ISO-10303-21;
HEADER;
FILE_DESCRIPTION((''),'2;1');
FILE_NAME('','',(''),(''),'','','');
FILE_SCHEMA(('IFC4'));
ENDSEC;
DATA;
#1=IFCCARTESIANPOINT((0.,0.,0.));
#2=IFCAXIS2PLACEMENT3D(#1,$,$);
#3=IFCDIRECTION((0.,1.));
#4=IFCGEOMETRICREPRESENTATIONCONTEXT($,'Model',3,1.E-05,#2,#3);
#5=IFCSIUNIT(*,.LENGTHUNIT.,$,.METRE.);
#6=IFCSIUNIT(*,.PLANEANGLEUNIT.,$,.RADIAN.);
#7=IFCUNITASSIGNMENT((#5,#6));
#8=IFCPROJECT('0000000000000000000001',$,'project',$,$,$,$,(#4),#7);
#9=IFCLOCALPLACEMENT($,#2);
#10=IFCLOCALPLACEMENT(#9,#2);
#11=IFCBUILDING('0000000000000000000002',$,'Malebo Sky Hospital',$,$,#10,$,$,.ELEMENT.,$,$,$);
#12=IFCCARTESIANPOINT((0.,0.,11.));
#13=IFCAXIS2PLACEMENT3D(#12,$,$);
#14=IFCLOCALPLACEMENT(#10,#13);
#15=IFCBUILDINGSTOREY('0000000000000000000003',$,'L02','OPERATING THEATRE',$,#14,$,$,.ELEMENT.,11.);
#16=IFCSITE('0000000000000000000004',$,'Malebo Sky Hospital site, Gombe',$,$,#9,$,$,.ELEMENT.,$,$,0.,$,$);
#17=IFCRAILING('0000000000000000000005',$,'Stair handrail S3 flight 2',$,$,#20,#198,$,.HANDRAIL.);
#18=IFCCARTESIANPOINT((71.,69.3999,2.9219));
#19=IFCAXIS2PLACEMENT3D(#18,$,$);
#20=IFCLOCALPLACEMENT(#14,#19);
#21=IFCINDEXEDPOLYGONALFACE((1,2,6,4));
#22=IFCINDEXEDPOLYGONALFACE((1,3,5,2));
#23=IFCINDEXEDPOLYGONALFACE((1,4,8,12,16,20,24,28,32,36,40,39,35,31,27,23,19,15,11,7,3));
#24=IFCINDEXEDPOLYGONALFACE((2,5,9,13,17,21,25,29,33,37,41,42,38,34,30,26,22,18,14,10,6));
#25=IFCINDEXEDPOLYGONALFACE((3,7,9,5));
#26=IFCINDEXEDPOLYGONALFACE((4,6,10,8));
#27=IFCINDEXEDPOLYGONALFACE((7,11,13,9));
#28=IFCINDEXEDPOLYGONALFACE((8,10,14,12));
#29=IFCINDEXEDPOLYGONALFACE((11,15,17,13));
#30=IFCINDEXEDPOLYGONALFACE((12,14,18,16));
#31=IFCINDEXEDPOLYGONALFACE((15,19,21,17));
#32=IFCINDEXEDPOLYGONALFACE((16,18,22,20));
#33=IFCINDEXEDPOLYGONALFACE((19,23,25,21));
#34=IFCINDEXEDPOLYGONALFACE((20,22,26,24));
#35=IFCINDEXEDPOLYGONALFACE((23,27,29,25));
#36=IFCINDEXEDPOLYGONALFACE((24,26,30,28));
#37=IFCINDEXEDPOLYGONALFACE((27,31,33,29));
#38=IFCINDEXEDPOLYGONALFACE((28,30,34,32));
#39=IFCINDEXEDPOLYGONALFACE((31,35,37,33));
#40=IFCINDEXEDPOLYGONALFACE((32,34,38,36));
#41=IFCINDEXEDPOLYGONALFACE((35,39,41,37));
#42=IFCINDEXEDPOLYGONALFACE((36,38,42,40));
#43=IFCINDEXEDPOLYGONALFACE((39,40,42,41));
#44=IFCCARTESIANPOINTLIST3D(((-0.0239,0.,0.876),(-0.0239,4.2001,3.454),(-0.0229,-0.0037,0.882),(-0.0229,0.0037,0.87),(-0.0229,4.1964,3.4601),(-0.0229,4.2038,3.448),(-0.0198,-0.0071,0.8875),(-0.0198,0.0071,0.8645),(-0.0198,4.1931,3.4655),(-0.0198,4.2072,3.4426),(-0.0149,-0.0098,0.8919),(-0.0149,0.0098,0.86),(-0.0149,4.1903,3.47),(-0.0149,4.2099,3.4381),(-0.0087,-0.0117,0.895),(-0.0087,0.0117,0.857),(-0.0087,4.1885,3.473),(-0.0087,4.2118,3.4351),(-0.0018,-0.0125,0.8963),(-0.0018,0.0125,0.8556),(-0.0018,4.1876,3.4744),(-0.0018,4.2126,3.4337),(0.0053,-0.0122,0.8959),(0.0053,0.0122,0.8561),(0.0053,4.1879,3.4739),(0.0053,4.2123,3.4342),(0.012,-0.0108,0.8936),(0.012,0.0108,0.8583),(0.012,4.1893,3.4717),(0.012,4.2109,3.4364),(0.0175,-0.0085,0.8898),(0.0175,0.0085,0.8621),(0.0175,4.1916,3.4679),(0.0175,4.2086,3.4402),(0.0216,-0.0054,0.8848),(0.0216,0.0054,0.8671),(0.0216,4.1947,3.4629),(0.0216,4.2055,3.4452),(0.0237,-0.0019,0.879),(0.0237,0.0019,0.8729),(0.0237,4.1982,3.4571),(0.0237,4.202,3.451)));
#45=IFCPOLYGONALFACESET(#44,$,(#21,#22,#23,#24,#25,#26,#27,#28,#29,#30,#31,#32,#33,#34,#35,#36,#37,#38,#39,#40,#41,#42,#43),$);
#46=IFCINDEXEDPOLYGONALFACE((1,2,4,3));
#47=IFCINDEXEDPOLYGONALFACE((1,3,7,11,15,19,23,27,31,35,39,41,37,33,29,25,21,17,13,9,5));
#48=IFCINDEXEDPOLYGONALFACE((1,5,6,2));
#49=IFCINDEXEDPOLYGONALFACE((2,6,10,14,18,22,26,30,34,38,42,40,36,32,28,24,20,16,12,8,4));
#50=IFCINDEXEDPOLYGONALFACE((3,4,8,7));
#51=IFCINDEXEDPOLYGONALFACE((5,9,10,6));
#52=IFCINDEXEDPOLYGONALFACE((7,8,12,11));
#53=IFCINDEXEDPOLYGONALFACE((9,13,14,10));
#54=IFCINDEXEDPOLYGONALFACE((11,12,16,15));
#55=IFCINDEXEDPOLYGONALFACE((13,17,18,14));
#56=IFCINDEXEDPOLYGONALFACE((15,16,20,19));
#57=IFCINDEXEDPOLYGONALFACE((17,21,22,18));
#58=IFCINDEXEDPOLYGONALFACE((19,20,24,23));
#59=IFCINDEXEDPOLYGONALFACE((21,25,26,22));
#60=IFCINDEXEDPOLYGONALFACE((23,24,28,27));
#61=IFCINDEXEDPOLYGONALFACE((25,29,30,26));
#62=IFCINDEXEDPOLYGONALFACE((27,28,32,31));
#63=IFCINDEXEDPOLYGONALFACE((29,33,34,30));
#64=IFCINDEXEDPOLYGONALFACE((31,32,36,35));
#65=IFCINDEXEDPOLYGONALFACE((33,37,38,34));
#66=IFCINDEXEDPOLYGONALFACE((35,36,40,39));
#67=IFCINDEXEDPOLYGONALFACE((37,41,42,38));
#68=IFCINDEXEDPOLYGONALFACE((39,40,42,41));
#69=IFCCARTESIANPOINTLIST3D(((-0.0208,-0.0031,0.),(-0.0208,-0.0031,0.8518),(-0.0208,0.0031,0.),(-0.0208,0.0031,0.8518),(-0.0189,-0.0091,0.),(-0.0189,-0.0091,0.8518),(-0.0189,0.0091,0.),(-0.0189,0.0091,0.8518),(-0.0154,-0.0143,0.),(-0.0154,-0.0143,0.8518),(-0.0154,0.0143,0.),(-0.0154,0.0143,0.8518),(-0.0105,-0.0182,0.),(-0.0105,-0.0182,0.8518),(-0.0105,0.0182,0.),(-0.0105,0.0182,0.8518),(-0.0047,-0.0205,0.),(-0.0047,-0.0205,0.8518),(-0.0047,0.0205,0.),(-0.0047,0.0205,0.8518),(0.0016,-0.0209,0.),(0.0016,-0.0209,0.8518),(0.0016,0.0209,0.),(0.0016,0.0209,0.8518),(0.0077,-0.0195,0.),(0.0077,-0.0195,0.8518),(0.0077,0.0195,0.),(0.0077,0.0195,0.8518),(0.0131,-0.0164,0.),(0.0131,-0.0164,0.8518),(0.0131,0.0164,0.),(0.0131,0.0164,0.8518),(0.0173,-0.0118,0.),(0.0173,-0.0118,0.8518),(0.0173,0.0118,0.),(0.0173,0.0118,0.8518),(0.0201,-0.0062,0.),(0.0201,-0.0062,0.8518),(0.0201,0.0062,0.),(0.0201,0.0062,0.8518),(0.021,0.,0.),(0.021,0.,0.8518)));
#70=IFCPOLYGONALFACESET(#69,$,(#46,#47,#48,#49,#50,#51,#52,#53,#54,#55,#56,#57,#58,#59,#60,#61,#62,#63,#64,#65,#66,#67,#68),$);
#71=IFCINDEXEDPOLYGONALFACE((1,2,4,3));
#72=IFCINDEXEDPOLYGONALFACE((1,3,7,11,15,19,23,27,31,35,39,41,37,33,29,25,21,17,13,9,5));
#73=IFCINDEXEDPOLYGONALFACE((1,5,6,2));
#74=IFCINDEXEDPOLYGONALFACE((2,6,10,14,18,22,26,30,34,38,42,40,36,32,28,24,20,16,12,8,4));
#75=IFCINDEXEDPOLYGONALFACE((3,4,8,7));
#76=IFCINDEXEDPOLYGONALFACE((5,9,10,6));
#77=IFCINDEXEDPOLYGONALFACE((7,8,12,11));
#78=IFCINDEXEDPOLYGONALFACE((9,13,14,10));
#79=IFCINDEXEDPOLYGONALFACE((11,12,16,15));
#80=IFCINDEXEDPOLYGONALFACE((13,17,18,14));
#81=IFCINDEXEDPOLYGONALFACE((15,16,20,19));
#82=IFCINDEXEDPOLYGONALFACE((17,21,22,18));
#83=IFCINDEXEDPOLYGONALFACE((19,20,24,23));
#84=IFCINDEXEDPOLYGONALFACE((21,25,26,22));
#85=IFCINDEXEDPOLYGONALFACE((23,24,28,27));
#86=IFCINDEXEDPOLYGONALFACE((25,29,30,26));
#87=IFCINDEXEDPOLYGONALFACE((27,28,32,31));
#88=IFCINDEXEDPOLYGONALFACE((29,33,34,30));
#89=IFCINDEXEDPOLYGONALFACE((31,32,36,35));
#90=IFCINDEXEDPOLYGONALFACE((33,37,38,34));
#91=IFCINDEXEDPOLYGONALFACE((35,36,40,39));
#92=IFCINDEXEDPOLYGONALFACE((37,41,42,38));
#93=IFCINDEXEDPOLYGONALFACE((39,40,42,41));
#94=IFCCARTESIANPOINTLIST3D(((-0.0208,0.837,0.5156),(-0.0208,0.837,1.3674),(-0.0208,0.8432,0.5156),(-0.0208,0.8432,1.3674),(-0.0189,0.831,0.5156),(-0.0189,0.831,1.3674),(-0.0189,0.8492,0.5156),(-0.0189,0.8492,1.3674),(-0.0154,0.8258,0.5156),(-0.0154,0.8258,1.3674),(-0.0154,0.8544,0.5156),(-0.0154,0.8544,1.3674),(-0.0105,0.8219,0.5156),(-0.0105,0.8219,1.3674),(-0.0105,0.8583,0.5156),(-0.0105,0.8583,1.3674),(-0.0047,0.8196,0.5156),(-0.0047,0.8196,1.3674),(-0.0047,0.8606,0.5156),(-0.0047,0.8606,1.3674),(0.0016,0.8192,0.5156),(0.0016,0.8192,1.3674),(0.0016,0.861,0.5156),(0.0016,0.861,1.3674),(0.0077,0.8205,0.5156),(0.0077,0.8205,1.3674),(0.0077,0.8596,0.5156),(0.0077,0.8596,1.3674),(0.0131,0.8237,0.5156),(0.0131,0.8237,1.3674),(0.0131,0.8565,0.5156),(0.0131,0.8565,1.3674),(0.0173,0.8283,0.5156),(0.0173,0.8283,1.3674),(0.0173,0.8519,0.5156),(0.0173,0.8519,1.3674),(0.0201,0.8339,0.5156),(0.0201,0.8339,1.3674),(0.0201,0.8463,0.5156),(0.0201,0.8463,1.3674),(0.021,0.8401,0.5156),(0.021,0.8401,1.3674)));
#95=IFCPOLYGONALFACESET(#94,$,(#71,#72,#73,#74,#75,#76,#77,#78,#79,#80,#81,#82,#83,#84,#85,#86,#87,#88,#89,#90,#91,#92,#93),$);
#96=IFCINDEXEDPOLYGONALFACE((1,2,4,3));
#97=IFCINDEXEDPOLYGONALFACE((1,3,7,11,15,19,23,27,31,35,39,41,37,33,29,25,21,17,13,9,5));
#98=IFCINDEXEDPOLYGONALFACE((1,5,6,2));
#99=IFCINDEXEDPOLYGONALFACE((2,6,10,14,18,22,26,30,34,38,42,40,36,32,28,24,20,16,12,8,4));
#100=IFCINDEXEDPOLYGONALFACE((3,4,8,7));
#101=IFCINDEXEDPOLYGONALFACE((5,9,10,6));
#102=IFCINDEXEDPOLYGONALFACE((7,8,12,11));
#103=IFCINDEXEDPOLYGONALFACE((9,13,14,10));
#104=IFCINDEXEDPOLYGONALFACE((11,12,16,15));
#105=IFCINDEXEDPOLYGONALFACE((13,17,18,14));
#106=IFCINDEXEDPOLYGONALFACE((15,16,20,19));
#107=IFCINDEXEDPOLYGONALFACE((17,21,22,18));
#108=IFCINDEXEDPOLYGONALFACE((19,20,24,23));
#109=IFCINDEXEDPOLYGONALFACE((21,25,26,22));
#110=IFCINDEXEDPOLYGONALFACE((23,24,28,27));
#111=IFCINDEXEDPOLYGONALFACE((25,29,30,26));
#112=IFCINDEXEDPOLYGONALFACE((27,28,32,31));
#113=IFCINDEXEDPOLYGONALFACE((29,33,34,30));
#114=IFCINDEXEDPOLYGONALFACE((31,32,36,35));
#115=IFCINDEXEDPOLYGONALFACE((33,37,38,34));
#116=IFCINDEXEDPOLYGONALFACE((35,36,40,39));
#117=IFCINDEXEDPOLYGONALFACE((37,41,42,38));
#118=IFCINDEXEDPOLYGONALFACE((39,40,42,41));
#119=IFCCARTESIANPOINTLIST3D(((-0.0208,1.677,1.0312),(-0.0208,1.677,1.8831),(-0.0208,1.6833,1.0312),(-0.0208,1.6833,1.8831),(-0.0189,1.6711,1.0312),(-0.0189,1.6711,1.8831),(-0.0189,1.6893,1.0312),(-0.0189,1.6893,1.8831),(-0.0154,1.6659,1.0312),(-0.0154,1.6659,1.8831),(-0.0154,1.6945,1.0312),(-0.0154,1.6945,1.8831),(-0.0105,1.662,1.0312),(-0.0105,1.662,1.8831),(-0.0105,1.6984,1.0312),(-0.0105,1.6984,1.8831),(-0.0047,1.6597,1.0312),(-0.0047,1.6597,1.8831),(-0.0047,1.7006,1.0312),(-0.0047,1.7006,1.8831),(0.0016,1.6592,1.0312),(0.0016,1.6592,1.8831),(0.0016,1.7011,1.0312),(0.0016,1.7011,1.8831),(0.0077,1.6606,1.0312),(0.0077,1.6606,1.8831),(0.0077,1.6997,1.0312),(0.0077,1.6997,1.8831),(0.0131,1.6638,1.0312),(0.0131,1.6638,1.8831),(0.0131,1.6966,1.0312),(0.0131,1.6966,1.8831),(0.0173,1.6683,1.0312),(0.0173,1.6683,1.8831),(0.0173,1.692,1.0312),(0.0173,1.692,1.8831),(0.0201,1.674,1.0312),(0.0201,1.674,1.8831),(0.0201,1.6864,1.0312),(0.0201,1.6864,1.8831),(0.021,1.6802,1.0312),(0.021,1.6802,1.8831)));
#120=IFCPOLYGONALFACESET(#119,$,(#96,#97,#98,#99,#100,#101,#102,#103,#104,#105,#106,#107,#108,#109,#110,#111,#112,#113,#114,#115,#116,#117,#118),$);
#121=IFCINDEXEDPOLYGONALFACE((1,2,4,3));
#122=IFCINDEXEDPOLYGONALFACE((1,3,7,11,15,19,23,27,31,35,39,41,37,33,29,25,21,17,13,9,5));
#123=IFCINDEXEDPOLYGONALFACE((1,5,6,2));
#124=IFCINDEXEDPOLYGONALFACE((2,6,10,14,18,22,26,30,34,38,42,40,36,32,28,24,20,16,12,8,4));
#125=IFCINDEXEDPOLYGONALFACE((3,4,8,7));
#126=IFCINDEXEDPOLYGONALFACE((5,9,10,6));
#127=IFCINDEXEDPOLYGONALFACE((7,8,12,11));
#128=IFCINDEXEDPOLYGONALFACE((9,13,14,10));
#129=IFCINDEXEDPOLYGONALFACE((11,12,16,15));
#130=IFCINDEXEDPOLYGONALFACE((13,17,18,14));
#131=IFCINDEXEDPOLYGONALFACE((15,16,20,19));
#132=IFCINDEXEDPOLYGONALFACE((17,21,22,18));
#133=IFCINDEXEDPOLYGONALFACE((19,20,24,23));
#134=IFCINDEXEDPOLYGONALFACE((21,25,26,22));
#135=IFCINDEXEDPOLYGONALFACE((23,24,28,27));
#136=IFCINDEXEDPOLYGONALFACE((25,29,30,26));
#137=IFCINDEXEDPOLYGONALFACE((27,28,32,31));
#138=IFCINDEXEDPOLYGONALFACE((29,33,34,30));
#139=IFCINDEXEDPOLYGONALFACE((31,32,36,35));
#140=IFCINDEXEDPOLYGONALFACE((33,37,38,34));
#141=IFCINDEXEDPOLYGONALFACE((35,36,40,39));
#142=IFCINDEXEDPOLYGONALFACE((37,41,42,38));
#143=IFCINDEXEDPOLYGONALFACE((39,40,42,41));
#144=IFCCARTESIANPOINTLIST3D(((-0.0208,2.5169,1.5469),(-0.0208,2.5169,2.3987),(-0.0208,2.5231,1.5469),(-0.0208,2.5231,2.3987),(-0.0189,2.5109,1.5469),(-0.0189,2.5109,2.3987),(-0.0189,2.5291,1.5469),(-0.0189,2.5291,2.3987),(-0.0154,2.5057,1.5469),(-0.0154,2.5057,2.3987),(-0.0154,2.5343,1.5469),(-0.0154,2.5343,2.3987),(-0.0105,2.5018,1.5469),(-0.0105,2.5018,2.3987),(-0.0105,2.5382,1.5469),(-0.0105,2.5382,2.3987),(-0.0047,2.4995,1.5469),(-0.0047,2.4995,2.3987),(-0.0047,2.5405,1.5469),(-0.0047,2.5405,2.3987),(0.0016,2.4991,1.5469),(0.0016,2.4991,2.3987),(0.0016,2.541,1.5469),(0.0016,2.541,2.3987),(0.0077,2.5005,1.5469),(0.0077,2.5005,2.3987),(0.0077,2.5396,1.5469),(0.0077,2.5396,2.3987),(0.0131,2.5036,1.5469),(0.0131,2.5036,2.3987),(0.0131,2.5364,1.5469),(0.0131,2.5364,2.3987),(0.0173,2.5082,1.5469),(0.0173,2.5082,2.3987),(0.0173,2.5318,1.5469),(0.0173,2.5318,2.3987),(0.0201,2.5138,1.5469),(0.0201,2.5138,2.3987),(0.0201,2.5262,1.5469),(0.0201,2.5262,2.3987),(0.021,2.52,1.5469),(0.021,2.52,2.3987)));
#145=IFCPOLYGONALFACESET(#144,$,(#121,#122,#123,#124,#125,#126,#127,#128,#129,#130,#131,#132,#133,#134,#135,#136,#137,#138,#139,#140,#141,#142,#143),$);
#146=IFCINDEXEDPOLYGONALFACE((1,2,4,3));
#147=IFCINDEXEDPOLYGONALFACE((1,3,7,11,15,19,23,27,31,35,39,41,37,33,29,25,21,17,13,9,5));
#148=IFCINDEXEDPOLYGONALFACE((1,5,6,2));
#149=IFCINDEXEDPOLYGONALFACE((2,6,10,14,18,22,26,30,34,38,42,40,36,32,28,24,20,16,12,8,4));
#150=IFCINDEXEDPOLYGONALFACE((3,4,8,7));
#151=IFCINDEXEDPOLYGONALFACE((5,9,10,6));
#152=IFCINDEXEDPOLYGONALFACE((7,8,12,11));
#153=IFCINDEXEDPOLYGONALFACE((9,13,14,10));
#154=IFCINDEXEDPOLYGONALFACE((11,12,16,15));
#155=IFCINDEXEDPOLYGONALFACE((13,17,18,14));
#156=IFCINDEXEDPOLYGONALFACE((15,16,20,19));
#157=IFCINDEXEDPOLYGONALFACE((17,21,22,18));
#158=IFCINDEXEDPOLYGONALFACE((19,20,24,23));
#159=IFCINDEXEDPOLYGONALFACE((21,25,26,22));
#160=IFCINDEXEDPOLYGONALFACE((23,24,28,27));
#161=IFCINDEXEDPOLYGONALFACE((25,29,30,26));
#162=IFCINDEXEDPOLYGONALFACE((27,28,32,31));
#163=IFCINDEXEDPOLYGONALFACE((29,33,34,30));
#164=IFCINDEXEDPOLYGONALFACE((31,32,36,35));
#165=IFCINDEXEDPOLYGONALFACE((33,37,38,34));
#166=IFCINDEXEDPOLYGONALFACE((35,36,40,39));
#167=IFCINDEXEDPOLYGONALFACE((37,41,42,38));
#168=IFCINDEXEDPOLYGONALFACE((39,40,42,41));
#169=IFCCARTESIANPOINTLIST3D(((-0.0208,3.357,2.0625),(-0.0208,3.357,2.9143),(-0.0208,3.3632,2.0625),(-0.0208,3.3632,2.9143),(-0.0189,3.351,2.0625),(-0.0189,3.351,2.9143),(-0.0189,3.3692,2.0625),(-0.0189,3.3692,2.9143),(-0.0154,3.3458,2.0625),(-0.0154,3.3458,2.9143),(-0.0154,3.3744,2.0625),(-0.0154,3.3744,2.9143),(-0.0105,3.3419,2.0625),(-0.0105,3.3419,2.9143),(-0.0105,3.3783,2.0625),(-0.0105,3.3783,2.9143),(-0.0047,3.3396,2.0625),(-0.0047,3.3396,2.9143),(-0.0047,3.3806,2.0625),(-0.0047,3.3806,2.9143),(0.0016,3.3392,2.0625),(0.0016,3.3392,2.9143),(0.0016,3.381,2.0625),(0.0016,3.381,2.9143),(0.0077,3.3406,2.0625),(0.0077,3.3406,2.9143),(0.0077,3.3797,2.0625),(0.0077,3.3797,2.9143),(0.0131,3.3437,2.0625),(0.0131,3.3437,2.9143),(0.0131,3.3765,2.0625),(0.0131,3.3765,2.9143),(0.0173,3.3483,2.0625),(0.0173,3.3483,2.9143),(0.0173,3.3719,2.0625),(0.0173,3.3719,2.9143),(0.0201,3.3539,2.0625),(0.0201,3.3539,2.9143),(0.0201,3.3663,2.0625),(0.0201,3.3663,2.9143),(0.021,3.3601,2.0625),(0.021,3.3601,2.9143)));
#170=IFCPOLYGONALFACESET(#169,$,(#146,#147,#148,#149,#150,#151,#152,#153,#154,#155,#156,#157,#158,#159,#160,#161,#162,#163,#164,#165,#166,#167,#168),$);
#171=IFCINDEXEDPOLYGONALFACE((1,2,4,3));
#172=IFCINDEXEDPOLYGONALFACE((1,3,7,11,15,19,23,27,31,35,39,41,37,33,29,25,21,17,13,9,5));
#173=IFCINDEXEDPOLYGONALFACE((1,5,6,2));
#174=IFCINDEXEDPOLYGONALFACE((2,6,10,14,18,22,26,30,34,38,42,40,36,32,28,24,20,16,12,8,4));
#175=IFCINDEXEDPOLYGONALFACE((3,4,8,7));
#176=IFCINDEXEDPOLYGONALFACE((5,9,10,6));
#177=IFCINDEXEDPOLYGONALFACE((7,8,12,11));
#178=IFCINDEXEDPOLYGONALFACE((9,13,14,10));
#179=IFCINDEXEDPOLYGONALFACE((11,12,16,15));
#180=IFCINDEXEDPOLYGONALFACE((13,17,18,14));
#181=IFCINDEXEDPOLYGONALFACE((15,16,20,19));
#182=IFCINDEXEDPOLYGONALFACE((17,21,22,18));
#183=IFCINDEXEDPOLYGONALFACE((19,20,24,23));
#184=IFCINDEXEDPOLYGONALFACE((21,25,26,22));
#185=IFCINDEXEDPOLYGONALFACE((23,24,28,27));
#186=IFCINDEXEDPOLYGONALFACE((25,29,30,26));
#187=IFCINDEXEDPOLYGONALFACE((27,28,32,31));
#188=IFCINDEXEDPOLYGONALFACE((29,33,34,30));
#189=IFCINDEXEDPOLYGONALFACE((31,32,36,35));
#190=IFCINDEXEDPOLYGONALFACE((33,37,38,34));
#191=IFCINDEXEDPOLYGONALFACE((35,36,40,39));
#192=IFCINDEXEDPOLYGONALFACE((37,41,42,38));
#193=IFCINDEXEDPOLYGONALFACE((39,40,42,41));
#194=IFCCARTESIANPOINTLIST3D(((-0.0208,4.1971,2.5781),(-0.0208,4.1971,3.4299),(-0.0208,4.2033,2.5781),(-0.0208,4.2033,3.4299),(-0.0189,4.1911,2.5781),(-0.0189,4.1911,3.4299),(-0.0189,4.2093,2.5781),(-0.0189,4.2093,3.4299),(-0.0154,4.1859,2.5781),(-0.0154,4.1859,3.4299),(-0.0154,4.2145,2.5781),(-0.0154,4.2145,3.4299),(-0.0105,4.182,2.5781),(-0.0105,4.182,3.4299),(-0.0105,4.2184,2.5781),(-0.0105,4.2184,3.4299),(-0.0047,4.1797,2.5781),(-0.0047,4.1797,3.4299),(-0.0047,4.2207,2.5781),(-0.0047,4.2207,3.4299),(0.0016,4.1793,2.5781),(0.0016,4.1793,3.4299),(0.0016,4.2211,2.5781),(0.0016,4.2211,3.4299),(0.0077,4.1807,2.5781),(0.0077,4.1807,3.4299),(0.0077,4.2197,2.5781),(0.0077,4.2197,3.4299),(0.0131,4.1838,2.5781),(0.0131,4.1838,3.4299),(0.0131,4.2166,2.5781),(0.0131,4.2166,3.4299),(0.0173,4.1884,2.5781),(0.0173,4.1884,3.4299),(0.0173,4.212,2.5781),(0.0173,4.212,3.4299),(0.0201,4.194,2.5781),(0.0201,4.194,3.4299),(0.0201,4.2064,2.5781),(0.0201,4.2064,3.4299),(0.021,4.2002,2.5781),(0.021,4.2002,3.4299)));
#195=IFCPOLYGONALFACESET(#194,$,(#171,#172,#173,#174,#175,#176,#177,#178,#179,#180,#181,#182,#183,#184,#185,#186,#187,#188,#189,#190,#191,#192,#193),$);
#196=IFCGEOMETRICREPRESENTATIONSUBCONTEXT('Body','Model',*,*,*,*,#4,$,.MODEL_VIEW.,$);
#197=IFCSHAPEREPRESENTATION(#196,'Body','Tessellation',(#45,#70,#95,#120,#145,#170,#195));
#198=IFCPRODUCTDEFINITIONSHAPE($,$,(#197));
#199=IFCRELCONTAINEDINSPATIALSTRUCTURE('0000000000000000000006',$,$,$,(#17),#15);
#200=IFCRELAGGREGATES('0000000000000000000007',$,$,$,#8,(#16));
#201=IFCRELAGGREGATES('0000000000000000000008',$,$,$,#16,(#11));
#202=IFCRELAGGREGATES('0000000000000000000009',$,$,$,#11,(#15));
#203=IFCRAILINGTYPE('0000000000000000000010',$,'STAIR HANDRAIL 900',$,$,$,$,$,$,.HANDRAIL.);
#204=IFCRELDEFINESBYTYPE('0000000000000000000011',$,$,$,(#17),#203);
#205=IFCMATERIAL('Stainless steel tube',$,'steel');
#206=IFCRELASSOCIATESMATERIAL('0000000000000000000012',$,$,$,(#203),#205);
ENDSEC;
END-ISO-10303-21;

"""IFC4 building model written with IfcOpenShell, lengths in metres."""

from ifc_helpers import new_model, si_unit, direction, frame, origin, origin_2d, place, context, subcontext, project, spatial, circle, extrude, material, type_object, element, save


model = new_model("IFC4")

# Units and contexts
model_context = context("Model", 3, precision=1e-05, world=origin(), true_north=direction((0.0, 1.0)))
body_context = subcontext(model_context, "Body", "Model", "MODEL_VIEW")
ifc_project = project(units=[si_unit("LENGTHUNIT", "METRE"), si_unit("PLANEANGLEUNIT", "RADIAN")], contexts=[model_context])

# Site, building, storey
site_placement = place(None, origin())
site = spatial("IfcSite", under=ifc_project, at=site_placement, Name="Malebo Sky Hospital site, Gombe", CompositionType="ELEMENT", RefElevation=0.0)
building_placement = place(site_placement, origin())
building = spatial("IfcBuilding", under=site, at=building_placement, Name="Malebo Sky Hospital", CompositionType="ELEMENT")
storey_placement = place(building_placement, frame((0.0, 0.0, 11.0)))
storey = spatial("IfcBuildingStorey", under=building, at=storey_placement, Name="L02", Description="OPERATING THEATRE", CompositionType="ELEMENT", Elevation=11.0)

# Railing
ifc_material_1 = material(Name="Stainless steel tube", Category="steel")
railing_type = type_object("IfcRailingType", Name="STAIR HANDRAIL 900", PredefinedType="HANDRAIL", material=ifc_material_1)
railing_1_placement = place(storey_placement, frame((71.0, 69.3999, 2.9219)))
element("IfcRailing", 1, at=railing_1_placement, inside=storey, type_object=railing_type, Name="Stair handrail S3 flight 2", PredefinedType="HANDRAIL", context=body_context, shape_type="SweptSolid", body=[
    extrude(circle(Radius=0.0239, at=origin_2d()), frame((0.0, 0.0, 0.876), z_axis=(0.0, 0.852256, 0.523124), x_axis=(-1.0, 0.0, 0.0)), (0.0, 0.0, 1.0), 4.9282),
    extrude(circle(Radius=0.021, at=origin_2d()), origin(), (0.0, 0.0, 1.0), 0.8518),
    extrude(circle(Radius=0.021, at=origin_2d()), frame((0.0, 0.8401, 0.5156)), (0.0, 0.0, 1.0), 0.8518),
    extrude(circle(Radius=0.021, at=origin_2d()), frame((0.0, 1.6802, 1.0312)), (0.0, 0.0, 1.0), 0.8518),
    extrude(circle(Radius=0.021, at=origin_2d()), frame((0.0, 2.52, 1.5469)), (0.0, 0.0, 1.0), 0.8518),
    extrude(circle(Radius=0.021, at=origin_2d()), frame((0.0, 3.3601, 2.0625)), (0.0, 0.0, 1.0), 0.8518),
    extrude(circle(Radius=0.021, at=origin_2d()), frame((0.0, 4.2002, 2.5781)), (0.0, 0.0, 1.0), 0.8518),
])

save(model, "model.ifc")
